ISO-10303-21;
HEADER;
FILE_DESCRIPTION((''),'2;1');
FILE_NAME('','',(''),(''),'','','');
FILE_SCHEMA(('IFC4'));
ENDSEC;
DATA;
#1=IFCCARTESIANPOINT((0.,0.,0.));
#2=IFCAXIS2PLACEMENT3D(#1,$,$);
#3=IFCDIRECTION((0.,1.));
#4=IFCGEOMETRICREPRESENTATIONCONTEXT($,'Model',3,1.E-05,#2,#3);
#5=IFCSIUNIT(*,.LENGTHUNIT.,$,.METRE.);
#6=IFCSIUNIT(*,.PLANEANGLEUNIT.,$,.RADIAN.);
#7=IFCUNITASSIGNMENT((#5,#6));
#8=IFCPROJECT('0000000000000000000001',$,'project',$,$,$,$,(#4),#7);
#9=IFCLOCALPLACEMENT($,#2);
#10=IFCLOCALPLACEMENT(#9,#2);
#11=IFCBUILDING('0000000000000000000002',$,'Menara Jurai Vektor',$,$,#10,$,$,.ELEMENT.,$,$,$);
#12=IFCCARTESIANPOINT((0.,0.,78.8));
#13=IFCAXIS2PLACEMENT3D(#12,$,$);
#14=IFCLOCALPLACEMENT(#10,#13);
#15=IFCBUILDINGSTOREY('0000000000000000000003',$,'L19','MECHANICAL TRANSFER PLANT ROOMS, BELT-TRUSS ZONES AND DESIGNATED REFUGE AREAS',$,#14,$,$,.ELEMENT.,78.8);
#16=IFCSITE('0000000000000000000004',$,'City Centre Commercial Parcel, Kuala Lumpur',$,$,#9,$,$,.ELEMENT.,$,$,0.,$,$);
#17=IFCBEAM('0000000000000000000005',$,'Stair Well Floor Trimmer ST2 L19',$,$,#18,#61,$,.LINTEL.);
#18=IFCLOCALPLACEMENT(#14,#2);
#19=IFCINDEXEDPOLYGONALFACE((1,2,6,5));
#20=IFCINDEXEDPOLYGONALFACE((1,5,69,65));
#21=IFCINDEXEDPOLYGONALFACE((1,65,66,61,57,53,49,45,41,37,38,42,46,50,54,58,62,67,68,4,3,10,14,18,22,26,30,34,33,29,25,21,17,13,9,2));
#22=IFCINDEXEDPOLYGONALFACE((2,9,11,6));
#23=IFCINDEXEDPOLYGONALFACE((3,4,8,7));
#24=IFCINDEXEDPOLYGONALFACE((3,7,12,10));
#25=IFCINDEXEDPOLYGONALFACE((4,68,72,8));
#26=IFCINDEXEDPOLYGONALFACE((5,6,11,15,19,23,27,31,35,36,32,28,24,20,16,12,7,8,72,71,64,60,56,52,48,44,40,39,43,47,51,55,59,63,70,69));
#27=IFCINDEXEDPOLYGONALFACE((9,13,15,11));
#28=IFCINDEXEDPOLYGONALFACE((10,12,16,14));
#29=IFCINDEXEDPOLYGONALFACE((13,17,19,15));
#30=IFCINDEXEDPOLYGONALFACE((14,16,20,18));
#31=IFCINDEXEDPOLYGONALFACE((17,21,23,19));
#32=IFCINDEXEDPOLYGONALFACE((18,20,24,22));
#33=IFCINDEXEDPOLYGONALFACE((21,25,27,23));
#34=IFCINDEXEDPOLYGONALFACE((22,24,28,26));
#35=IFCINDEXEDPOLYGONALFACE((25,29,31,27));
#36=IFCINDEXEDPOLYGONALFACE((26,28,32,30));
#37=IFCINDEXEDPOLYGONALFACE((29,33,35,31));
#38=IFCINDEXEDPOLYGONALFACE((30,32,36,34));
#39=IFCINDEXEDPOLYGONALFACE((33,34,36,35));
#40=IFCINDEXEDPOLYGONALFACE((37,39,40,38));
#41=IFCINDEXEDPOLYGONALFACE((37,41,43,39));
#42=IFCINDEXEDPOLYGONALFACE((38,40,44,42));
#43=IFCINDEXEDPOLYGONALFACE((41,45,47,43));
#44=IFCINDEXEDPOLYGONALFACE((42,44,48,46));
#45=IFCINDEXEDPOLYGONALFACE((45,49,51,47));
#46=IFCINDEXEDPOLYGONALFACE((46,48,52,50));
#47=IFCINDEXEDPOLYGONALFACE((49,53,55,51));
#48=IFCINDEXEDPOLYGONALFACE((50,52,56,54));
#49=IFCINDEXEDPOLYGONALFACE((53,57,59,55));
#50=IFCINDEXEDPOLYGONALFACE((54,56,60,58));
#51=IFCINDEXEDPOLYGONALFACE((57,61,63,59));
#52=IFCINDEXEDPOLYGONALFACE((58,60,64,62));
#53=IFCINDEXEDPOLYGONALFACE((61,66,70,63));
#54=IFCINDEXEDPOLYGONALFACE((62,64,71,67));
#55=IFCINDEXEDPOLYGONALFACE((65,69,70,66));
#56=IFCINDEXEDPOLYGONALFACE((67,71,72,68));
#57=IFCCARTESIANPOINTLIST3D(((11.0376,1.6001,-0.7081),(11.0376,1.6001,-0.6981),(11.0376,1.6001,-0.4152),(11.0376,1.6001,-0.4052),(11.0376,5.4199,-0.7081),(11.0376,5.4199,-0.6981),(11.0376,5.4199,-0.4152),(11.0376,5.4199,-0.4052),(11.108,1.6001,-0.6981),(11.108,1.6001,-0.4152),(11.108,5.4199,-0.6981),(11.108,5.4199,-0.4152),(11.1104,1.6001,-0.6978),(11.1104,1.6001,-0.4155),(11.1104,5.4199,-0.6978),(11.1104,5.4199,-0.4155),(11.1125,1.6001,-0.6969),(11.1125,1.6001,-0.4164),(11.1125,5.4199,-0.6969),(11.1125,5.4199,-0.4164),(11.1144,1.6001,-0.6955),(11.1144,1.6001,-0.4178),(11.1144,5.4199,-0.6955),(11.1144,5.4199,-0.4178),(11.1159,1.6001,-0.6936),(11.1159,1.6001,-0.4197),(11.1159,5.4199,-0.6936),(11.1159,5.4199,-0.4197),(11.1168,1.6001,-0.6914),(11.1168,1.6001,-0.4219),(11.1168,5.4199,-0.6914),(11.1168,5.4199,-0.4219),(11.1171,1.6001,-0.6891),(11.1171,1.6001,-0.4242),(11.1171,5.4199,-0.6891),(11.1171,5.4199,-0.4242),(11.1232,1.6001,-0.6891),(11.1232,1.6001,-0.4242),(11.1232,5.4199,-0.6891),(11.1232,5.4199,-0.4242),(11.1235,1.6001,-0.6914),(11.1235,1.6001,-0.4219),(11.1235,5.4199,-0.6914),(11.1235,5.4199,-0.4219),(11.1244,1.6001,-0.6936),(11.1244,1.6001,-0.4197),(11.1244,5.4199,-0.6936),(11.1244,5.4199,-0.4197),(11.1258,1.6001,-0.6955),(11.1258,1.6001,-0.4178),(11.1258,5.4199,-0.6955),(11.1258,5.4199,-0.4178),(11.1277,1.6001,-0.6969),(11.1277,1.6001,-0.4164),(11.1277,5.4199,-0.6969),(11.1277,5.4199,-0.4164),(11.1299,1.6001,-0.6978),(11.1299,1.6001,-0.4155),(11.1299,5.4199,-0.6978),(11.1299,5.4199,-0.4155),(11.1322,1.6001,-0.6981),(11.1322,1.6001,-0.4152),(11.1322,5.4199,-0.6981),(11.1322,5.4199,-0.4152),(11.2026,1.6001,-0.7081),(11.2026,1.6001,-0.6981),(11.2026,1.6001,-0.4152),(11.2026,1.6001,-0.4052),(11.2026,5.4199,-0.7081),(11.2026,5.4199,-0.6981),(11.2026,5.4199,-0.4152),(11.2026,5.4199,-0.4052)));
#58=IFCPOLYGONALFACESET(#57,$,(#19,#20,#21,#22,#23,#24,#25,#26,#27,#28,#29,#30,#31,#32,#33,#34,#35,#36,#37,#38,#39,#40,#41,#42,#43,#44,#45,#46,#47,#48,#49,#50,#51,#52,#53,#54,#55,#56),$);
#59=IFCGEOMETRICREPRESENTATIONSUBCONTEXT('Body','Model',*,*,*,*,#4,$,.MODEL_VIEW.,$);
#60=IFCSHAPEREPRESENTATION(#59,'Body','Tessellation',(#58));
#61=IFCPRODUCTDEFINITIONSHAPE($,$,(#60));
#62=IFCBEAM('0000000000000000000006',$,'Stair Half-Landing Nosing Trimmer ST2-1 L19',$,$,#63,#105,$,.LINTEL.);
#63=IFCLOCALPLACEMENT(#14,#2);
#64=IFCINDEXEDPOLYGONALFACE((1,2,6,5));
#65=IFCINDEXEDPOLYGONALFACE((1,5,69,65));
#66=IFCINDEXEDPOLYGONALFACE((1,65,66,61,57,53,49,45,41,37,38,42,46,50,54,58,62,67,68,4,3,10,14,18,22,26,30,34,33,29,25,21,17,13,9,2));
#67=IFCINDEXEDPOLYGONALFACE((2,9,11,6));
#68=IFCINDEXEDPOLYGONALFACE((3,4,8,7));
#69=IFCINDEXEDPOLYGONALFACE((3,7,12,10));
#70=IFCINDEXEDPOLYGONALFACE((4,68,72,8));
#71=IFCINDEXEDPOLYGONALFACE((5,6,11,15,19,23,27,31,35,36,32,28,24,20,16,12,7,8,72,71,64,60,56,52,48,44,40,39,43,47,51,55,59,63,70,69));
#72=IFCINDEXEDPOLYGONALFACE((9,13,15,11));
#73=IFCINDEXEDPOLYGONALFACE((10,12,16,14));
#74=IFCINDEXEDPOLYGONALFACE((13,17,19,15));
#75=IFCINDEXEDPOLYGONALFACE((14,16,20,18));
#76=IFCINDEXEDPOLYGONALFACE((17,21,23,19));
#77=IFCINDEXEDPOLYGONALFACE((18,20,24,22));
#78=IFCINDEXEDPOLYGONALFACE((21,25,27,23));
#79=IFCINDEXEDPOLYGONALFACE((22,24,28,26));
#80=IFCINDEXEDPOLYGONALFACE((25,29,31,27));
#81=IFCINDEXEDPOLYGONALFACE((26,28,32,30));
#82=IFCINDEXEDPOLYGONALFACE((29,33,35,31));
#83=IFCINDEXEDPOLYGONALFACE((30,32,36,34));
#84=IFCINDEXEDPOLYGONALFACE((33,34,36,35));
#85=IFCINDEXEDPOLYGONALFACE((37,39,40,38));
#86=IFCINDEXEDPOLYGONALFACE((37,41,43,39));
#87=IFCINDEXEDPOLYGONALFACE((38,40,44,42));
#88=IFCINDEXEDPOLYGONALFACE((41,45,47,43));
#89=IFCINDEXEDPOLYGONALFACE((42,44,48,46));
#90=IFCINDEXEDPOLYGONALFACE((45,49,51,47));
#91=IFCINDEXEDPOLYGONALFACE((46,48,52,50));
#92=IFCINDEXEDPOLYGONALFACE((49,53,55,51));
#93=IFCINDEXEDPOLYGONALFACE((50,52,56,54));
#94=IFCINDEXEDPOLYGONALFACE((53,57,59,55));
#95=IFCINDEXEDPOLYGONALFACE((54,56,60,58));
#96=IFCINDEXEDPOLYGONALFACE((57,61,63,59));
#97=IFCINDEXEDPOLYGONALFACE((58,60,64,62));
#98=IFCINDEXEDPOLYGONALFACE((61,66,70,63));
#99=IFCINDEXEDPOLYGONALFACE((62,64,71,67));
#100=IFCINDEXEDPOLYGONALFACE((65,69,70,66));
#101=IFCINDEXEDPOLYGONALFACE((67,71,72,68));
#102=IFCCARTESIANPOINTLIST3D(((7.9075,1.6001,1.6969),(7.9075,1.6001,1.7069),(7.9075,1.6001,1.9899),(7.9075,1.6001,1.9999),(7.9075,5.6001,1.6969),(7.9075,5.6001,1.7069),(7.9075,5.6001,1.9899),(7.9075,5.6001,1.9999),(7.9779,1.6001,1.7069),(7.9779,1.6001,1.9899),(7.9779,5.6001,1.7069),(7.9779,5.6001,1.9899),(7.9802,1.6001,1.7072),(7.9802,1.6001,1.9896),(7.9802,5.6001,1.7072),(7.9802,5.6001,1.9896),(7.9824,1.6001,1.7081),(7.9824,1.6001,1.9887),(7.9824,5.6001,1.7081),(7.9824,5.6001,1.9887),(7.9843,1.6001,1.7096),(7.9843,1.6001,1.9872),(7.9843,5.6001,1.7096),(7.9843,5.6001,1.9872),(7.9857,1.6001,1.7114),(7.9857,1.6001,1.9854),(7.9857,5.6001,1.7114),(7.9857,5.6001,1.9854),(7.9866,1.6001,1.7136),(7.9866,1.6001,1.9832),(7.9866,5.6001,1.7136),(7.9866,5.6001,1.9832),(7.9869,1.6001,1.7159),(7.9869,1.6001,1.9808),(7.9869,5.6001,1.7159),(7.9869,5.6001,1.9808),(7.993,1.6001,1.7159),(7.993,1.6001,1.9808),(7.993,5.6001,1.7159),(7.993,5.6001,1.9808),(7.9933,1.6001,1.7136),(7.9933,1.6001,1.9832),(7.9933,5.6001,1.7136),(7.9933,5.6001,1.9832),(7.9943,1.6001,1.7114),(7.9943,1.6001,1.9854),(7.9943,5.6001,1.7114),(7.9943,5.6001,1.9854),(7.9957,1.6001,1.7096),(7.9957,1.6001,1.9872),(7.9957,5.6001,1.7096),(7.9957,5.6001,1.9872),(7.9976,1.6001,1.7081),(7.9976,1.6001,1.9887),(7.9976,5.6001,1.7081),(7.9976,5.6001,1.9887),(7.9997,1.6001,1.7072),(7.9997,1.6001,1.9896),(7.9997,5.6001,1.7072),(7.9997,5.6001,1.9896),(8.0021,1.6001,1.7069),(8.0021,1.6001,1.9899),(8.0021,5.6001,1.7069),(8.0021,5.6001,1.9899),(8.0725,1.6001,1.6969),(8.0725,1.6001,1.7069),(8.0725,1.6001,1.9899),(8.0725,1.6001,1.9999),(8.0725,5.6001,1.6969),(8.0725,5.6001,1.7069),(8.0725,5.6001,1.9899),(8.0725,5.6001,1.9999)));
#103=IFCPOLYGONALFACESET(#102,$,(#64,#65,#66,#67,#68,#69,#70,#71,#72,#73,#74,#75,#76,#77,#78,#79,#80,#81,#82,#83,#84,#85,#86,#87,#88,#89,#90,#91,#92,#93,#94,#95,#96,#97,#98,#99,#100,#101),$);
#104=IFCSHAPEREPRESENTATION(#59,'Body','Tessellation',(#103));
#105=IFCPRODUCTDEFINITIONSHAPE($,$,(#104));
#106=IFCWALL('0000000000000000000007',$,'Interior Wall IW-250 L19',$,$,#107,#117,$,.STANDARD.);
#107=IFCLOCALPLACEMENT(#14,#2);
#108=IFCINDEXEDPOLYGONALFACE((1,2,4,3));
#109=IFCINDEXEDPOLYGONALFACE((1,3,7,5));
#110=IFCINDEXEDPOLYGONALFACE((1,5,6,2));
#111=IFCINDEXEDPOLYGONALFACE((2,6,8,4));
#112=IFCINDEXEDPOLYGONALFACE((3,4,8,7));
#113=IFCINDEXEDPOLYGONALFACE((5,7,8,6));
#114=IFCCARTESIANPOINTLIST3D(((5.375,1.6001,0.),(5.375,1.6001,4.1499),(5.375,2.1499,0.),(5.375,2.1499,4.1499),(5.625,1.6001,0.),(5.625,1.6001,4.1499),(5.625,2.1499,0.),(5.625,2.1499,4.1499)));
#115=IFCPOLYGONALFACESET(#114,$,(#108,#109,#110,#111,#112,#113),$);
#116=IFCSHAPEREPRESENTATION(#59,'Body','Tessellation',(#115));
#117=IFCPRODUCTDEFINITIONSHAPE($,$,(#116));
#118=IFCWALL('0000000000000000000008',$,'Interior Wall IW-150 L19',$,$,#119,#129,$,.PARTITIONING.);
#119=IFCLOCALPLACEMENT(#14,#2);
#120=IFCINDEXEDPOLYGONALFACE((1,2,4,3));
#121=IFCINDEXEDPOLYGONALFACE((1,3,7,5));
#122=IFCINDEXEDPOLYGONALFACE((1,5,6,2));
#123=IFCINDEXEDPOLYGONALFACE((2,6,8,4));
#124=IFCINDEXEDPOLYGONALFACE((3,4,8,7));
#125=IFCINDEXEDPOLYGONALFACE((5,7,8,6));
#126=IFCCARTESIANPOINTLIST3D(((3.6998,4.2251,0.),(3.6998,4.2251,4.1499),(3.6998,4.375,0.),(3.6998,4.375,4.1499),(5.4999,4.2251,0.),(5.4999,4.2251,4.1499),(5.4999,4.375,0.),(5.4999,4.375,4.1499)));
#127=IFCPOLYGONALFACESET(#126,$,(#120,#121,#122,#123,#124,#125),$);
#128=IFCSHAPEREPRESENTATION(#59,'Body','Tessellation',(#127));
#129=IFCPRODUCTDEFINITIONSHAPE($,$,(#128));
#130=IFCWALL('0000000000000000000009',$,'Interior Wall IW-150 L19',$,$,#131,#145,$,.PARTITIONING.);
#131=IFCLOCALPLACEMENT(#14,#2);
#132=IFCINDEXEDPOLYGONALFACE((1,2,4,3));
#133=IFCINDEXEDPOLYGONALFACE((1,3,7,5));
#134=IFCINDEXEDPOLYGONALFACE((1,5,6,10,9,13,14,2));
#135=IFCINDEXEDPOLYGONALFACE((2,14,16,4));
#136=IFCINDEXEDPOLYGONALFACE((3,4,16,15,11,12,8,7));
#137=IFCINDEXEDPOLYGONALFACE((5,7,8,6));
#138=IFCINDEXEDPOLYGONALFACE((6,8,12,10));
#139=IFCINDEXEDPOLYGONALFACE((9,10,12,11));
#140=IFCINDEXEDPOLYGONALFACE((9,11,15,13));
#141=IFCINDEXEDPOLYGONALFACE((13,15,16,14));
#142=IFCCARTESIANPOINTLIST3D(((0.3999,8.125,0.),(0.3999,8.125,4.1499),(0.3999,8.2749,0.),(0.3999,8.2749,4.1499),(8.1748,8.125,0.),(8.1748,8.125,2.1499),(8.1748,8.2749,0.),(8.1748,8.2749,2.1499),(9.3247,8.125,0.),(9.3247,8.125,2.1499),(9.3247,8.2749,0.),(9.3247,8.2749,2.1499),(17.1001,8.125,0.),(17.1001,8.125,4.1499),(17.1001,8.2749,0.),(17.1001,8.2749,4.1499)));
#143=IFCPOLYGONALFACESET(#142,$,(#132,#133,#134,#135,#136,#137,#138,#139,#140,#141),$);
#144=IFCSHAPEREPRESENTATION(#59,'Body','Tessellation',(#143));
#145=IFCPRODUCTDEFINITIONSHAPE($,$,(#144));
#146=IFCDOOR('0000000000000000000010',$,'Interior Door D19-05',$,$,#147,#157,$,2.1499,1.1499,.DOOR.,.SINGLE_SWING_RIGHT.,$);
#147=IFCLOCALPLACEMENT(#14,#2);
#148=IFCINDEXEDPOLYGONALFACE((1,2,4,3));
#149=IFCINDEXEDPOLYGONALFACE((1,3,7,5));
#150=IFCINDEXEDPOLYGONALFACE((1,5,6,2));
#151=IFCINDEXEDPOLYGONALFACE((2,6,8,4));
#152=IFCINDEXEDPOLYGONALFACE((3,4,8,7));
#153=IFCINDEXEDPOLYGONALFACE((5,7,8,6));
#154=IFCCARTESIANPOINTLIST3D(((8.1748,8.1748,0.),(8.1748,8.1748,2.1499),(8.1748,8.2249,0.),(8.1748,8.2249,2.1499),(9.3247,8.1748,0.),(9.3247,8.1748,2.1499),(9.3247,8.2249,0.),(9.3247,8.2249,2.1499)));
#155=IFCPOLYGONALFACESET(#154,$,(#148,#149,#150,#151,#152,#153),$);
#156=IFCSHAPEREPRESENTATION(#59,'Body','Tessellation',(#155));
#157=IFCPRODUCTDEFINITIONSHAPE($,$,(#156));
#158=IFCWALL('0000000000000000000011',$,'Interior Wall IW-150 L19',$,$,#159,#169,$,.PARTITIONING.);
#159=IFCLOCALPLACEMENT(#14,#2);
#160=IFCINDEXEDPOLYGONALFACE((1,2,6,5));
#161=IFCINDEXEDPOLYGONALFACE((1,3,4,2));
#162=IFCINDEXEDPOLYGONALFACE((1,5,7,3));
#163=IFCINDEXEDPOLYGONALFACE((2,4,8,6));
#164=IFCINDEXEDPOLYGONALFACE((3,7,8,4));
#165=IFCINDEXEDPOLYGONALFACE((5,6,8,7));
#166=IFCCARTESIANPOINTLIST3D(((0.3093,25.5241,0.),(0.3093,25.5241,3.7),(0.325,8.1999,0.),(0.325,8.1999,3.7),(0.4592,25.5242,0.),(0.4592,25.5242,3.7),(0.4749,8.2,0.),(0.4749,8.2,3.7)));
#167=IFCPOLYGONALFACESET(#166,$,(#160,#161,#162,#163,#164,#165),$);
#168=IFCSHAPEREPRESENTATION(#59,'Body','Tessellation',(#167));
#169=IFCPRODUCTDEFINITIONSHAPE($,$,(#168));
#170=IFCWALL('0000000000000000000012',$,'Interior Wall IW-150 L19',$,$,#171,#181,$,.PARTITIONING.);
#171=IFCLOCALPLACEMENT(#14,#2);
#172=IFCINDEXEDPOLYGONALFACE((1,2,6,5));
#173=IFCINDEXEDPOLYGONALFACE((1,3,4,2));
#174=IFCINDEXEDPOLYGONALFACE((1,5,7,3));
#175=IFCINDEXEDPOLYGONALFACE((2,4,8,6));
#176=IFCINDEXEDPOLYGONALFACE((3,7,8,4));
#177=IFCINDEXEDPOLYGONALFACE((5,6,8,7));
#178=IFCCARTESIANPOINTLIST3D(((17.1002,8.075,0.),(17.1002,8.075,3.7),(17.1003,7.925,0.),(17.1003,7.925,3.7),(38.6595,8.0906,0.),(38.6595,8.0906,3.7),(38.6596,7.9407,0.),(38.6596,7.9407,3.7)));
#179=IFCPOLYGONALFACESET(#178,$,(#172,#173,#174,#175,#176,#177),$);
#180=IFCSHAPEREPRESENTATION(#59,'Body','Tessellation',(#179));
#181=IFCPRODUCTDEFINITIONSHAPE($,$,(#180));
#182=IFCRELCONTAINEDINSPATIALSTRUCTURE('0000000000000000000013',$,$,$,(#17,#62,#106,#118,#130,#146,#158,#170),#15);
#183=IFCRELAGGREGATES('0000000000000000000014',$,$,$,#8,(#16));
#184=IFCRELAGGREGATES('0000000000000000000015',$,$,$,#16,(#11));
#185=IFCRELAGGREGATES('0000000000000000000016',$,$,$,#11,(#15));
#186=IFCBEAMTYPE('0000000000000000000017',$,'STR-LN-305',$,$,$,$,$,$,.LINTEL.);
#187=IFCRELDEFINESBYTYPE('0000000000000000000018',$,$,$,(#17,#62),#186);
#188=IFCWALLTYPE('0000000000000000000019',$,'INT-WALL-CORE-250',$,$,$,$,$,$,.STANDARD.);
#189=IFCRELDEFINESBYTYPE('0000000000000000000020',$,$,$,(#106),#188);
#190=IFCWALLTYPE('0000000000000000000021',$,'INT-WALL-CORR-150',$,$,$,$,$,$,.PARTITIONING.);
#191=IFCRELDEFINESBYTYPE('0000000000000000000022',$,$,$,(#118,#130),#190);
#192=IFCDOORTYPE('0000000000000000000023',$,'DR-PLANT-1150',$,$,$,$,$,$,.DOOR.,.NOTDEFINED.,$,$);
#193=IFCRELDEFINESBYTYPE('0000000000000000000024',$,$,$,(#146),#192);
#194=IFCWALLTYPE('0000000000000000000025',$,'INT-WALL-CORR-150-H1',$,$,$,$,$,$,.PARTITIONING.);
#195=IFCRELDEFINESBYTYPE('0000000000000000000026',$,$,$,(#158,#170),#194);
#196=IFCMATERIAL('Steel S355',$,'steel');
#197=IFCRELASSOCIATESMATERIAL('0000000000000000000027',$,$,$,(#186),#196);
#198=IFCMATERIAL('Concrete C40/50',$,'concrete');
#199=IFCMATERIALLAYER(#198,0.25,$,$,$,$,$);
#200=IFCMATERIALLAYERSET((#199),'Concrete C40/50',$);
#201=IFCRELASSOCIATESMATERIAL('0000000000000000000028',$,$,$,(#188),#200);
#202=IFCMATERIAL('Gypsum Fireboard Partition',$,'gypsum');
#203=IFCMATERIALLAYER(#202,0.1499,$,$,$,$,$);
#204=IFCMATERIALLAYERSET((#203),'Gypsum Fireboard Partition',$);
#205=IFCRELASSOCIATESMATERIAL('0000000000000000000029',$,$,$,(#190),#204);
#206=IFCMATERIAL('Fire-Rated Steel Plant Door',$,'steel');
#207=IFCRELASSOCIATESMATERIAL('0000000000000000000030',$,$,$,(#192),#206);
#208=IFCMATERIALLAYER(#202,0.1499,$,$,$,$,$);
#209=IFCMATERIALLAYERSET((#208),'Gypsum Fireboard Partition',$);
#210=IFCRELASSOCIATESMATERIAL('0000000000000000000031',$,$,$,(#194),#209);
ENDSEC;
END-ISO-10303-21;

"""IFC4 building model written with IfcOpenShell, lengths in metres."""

from ifc_helpers import new_model, si_unit, direction, frame, frame_2d, origin, origin_2d, place, context, subcontext, project, spatial, rectangle, i_section, extrude, material, layer, layer_set, material_profile, profile_set, type_object, element, fill, save


model = new_model("IFC4")

# Units and contexts
model_context = context("Model", 3, precision=1e-05, world=origin(), true_north=direction((0.0, 1.0)))
body_context = subcontext(model_context, "Body", "Model", "MODEL_VIEW")
ifc_project = project(units=[si_unit("LENGTHUNIT", "METRE"), si_unit("PLANEANGLEUNIT", "RADIAN")], contexts=[model_context])

# Site, building, storey
site_placement = place(None, origin())
site = spatial("IfcSite", under=ifc_project, at=site_placement, Name="City Centre Commercial Parcel, Kuala Lumpur", CompositionType="ELEMENT", RefElevation=0.0)
building_placement = place(site_placement, origin())
building = spatial("IfcBuilding", under=site, at=building_placement, Name="Menara Jurai Vektor", CompositionType="ELEMENT")
storey_placement = place(building_placement, frame((0.0, 0.0, 78.8)))
storey = spatial("IfcBuildingStorey", under=building, at=storey_placement, Name="L19", Description="MECHANICAL TRANSFER PLANT ROOMS, BELT-TRUSS ZONES AND DESIGNATED REFUGE AREAS", CompositionType="ELEMENT", Elevation=78.8)

# Shared definitions
ifc_material_1 = material(Name="Steel S355", Category="steel")

# Beams
ifc_material_profile_1 = material_profile(ifc_material_1, i_section(OverallWidth=0.165, OverallDepth=0.303, WebThickness=0.0061, FlangeThickness=0.01, FilletRadius=0.009, at=origin_2d()), Name="UKB 305x165x40")
ifc_profile_set_1 = profile_set([ifc_material_profile_1], Name="Steel S355")
beam_type_1 = type_object("IfcBeamType", Name="STR-LN-305", PredefinedType="LINTEL", material=ifc_profile_set_1)
beam_1_placement = place(storey_placement, frame((11.1201, 1.6001, -0.5566), z_axis=(0.0, 1.0, 0.0), x_axis=(-1.0, 0.0, 0.0)))
element("IfcBeam", 1, at=beam_1_placement, inside=storey, type_object=beam_type_1, Name="Stair Well Floor Trimmer ST2 L19", PredefinedType="LINTEL", context=body_context, shape_type="SweptSolid", body=[
    extrude(i_section(OverallWidth=0.165, OverallDepth=0.303, WebThickness=0.0061, FlangeThickness=0.01, FilletRadius=0.009, at=origin_2d()), origin(), (0.0, 0.0, 1.0), 3.8198),
])
beam_2_placement = place(storey_placement, frame((7.99, 1.6001, 1.8484), z_axis=(0.0, 1.0, 0.0), x_axis=(-1.0, 0.0, 0.0)))
element("IfcBeam", 2, at=beam_2_placement, inside=storey, type_object=beam_type_1, Name="Stair Half-Landing Nosing Trimmer ST2-1 L19", PredefinedType="LINTEL", context=body_context, shape_type="SweptSolid", body=[
    extrude(i_section(OverallWidth=0.165, OverallDepth=0.303, WebThickness=0.0061, FlangeThickness=0.01, FilletRadius=0.009, at=origin_2d()), origin(), (0.0, 0.0, 1.0), 4.0),
])

# Shared definitions
ifc_material_2 = material(Name="Concrete C40/50", Category="concrete")
ifc_layer_1 = layer(ifc_material_2, 0.25)
ifc_layer_set_1 = layer_set([ifc_layer_1], Name="Concrete C40/50")
wall_type_1 = type_object("IfcWallType", Name="INT-WALL-CORE-250", PredefinedType="STANDARD", material=ifc_layer_set_1)

# Walls
wall_1_placement = place(storey_placement, frame((5.5, 1.6001, 0.0), z_axis=(0.0, 0.0, 1.0), x_axis=(0.0, 1.0, 0.0)))
element("IfcWall", 3, at=wall_1_placement, inside=storey, type_object=wall_type_1, Name="Interior Wall IW-250 L19", PredefinedType="STANDARD", context=body_context, shape_type="SweptSolid", body=[
    extrude(rectangle(XDim=0.5498, YDim=0.25, at=frame_2d((0.2749, 0.0))), origin(), (0.0, 0.0, 1.0), 4.1499),
])
ifc_material_3 = material(Name="Gypsum Fireboard Partition", Category="gypsum")
ifc_layer_2 = layer(ifc_material_3, 0.1499)
ifc_layer_set_2 = layer_set([ifc_layer_2], Name="Gypsum Fireboard Partition")
wall_type_2 = type_object("IfcWallType", Name="INT-WALL-CORR-150", PredefinedType="PARTITIONING", material=ifc_layer_set_2)
wall_2_placement = place(storey_placement, frame((3.7, 4.3, 0.0), z_axis=(0.0, 0.0, 1.0), x_axis=(1.0, 0.0, 0.0)))
element("IfcWall", 4, at=wall_2_placement, inside=storey, type_object=wall_type_2, Name="Interior Wall IW-150 L19", PredefinedType="PARTITIONING", context=body_context, shape_type="SweptSolid", body=[
    extrude(rectangle(XDim=1.8, YDim=0.1499, at=frame_2d((0.8999, 0.0))), origin(), (0.0, 0.0, 1.0), 4.1499),
])

# Wall, opening, door
wall_3_placement = place(storey_placement, frame((0.3999, 8.2, 0.0), z_axis=(0.0, 0.0, 1.0), x_axis=(1.0, 0.0, 0.0)))
wall_3 = element("IfcWall", 5, at=wall_3_placement, inside=storey, type_object=wall_type_2, Name="Interior Wall IW-150 L19", PredefinedType="PARTITIONING", context=body_context, shape_type="SweptSolid", body=[
    extrude(rectangle(XDim=16.7002, YDim=0.1499, at=frame_2d((8.3501, 0.0))), origin(), (0.0, 0.0, 1.0), 4.1499),
])
opening_1_placement = place(wall_3_placement, frame((7.7749, 0.0, 0.0)))
opening_1 = element("IfcOpeningElement", 6, at=opening_1_placement, cuts=wall_3, PredefinedType="OPENING", context=body_context, shape_type="SweptSolid", body=[
    extrude(rectangle(XDim=1.1499, YDim=2.1499, at=frame_2d((0.575, 1.075))), frame((0.0, 0.085, 0.0), z_axis=(0.0, -1.0, 0.0), x_axis=(1.0, 0.0, 0.0)), (0.0, 0.0, 1.0), 0.1699),
])
ifc_material_4 = material(Name="Fire-Rated Steel Plant Door", Category="steel")
door_type_1 = type_object("IfcDoorType", Name="DR-PLANT-1150", OperationType="NOTDEFINED", PredefinedType="DOOR", material=ifc_material_4)
door_1_placement = place(opening_1_placement, origin())
door_1 = element("IfcDoor", 7, at=door_1_placement, inside=storey, type_object=door_type_1, Name="Interior Door D19-05", OperationType="SINGLE_SWING_RIGHT", OverallHeight=2.1499, OverallWidth=1.1499, PredefinedType="DOOR", context=body_context, shape_type="SweptSolid", body=[
    extrude(rectangle(XDim=1.1499, YDim=2.1499, at=frame_2d((0.575, 1.075))), frame((0.0, 0.0249, 0.0), z_axis=(0.0, -1.0, 0.0), x_axis=(1.0, 0.0, 0.0)), (0.0, 0.0, 1.0), 0.05),
])
fill(opening_1, door_1)

# Walls
ifc_layer_3 = layer(ifc_material_3, 0.1499)
ifc_layer_set_3 = layer_set([ifc_layer_3], Name="Gypsum Fireboard Partition")
wall_type_3 = type_object("IfcWallType", Name="INT-WALL-CORR-150-H1", PredefinedType="PARTITIONING", material=ifc_layer_set_3)
wall_4_placement = place(storey_placement, frame((0.3999, 8.2, 0.0), z_axis=(0.0, 0.0, 1.0), x_axis=(-0.000902, 1.0, 0.0)))
element("IfcWall", 8, at=wall_4_placement, inside=storey, type_object=wall_type_3, Name="Interior Wall IW-150 L19", PredefinedType="PARTITIONING", context=body_context, shape_type="SweptSolid", body=[
    extrude(rectangle(XDim=17.3242, YDim=0.1499, at=frame_2d((8.6621, 0.0))), origin(), (0.0, 0.0, 1.0), 3.7),
])
wall_5_placement = place(storey_placement, frame((17.1001, 8.0, 0.0), z_axis=(0.0, 0.0, 1.0), x_axis=(1.0, 0.000725, 0.0)))
element("IfcWall", 9, at=wall_5_placement, inside=storey, type_object=wall_type_3, Name="Interior Wall IW-150 L19", PredefinedType="PARTITIONING", context=body_context, shape_type="SweptSolid", body=[
    extrude(rectangle(XDim=21.5593, YDim=0.1499, at=frame_2d((10.7798, 0.0))), origin(), (0.0, 0.0, 1.0), 3.7),
])

save(model, "model.ifc")
